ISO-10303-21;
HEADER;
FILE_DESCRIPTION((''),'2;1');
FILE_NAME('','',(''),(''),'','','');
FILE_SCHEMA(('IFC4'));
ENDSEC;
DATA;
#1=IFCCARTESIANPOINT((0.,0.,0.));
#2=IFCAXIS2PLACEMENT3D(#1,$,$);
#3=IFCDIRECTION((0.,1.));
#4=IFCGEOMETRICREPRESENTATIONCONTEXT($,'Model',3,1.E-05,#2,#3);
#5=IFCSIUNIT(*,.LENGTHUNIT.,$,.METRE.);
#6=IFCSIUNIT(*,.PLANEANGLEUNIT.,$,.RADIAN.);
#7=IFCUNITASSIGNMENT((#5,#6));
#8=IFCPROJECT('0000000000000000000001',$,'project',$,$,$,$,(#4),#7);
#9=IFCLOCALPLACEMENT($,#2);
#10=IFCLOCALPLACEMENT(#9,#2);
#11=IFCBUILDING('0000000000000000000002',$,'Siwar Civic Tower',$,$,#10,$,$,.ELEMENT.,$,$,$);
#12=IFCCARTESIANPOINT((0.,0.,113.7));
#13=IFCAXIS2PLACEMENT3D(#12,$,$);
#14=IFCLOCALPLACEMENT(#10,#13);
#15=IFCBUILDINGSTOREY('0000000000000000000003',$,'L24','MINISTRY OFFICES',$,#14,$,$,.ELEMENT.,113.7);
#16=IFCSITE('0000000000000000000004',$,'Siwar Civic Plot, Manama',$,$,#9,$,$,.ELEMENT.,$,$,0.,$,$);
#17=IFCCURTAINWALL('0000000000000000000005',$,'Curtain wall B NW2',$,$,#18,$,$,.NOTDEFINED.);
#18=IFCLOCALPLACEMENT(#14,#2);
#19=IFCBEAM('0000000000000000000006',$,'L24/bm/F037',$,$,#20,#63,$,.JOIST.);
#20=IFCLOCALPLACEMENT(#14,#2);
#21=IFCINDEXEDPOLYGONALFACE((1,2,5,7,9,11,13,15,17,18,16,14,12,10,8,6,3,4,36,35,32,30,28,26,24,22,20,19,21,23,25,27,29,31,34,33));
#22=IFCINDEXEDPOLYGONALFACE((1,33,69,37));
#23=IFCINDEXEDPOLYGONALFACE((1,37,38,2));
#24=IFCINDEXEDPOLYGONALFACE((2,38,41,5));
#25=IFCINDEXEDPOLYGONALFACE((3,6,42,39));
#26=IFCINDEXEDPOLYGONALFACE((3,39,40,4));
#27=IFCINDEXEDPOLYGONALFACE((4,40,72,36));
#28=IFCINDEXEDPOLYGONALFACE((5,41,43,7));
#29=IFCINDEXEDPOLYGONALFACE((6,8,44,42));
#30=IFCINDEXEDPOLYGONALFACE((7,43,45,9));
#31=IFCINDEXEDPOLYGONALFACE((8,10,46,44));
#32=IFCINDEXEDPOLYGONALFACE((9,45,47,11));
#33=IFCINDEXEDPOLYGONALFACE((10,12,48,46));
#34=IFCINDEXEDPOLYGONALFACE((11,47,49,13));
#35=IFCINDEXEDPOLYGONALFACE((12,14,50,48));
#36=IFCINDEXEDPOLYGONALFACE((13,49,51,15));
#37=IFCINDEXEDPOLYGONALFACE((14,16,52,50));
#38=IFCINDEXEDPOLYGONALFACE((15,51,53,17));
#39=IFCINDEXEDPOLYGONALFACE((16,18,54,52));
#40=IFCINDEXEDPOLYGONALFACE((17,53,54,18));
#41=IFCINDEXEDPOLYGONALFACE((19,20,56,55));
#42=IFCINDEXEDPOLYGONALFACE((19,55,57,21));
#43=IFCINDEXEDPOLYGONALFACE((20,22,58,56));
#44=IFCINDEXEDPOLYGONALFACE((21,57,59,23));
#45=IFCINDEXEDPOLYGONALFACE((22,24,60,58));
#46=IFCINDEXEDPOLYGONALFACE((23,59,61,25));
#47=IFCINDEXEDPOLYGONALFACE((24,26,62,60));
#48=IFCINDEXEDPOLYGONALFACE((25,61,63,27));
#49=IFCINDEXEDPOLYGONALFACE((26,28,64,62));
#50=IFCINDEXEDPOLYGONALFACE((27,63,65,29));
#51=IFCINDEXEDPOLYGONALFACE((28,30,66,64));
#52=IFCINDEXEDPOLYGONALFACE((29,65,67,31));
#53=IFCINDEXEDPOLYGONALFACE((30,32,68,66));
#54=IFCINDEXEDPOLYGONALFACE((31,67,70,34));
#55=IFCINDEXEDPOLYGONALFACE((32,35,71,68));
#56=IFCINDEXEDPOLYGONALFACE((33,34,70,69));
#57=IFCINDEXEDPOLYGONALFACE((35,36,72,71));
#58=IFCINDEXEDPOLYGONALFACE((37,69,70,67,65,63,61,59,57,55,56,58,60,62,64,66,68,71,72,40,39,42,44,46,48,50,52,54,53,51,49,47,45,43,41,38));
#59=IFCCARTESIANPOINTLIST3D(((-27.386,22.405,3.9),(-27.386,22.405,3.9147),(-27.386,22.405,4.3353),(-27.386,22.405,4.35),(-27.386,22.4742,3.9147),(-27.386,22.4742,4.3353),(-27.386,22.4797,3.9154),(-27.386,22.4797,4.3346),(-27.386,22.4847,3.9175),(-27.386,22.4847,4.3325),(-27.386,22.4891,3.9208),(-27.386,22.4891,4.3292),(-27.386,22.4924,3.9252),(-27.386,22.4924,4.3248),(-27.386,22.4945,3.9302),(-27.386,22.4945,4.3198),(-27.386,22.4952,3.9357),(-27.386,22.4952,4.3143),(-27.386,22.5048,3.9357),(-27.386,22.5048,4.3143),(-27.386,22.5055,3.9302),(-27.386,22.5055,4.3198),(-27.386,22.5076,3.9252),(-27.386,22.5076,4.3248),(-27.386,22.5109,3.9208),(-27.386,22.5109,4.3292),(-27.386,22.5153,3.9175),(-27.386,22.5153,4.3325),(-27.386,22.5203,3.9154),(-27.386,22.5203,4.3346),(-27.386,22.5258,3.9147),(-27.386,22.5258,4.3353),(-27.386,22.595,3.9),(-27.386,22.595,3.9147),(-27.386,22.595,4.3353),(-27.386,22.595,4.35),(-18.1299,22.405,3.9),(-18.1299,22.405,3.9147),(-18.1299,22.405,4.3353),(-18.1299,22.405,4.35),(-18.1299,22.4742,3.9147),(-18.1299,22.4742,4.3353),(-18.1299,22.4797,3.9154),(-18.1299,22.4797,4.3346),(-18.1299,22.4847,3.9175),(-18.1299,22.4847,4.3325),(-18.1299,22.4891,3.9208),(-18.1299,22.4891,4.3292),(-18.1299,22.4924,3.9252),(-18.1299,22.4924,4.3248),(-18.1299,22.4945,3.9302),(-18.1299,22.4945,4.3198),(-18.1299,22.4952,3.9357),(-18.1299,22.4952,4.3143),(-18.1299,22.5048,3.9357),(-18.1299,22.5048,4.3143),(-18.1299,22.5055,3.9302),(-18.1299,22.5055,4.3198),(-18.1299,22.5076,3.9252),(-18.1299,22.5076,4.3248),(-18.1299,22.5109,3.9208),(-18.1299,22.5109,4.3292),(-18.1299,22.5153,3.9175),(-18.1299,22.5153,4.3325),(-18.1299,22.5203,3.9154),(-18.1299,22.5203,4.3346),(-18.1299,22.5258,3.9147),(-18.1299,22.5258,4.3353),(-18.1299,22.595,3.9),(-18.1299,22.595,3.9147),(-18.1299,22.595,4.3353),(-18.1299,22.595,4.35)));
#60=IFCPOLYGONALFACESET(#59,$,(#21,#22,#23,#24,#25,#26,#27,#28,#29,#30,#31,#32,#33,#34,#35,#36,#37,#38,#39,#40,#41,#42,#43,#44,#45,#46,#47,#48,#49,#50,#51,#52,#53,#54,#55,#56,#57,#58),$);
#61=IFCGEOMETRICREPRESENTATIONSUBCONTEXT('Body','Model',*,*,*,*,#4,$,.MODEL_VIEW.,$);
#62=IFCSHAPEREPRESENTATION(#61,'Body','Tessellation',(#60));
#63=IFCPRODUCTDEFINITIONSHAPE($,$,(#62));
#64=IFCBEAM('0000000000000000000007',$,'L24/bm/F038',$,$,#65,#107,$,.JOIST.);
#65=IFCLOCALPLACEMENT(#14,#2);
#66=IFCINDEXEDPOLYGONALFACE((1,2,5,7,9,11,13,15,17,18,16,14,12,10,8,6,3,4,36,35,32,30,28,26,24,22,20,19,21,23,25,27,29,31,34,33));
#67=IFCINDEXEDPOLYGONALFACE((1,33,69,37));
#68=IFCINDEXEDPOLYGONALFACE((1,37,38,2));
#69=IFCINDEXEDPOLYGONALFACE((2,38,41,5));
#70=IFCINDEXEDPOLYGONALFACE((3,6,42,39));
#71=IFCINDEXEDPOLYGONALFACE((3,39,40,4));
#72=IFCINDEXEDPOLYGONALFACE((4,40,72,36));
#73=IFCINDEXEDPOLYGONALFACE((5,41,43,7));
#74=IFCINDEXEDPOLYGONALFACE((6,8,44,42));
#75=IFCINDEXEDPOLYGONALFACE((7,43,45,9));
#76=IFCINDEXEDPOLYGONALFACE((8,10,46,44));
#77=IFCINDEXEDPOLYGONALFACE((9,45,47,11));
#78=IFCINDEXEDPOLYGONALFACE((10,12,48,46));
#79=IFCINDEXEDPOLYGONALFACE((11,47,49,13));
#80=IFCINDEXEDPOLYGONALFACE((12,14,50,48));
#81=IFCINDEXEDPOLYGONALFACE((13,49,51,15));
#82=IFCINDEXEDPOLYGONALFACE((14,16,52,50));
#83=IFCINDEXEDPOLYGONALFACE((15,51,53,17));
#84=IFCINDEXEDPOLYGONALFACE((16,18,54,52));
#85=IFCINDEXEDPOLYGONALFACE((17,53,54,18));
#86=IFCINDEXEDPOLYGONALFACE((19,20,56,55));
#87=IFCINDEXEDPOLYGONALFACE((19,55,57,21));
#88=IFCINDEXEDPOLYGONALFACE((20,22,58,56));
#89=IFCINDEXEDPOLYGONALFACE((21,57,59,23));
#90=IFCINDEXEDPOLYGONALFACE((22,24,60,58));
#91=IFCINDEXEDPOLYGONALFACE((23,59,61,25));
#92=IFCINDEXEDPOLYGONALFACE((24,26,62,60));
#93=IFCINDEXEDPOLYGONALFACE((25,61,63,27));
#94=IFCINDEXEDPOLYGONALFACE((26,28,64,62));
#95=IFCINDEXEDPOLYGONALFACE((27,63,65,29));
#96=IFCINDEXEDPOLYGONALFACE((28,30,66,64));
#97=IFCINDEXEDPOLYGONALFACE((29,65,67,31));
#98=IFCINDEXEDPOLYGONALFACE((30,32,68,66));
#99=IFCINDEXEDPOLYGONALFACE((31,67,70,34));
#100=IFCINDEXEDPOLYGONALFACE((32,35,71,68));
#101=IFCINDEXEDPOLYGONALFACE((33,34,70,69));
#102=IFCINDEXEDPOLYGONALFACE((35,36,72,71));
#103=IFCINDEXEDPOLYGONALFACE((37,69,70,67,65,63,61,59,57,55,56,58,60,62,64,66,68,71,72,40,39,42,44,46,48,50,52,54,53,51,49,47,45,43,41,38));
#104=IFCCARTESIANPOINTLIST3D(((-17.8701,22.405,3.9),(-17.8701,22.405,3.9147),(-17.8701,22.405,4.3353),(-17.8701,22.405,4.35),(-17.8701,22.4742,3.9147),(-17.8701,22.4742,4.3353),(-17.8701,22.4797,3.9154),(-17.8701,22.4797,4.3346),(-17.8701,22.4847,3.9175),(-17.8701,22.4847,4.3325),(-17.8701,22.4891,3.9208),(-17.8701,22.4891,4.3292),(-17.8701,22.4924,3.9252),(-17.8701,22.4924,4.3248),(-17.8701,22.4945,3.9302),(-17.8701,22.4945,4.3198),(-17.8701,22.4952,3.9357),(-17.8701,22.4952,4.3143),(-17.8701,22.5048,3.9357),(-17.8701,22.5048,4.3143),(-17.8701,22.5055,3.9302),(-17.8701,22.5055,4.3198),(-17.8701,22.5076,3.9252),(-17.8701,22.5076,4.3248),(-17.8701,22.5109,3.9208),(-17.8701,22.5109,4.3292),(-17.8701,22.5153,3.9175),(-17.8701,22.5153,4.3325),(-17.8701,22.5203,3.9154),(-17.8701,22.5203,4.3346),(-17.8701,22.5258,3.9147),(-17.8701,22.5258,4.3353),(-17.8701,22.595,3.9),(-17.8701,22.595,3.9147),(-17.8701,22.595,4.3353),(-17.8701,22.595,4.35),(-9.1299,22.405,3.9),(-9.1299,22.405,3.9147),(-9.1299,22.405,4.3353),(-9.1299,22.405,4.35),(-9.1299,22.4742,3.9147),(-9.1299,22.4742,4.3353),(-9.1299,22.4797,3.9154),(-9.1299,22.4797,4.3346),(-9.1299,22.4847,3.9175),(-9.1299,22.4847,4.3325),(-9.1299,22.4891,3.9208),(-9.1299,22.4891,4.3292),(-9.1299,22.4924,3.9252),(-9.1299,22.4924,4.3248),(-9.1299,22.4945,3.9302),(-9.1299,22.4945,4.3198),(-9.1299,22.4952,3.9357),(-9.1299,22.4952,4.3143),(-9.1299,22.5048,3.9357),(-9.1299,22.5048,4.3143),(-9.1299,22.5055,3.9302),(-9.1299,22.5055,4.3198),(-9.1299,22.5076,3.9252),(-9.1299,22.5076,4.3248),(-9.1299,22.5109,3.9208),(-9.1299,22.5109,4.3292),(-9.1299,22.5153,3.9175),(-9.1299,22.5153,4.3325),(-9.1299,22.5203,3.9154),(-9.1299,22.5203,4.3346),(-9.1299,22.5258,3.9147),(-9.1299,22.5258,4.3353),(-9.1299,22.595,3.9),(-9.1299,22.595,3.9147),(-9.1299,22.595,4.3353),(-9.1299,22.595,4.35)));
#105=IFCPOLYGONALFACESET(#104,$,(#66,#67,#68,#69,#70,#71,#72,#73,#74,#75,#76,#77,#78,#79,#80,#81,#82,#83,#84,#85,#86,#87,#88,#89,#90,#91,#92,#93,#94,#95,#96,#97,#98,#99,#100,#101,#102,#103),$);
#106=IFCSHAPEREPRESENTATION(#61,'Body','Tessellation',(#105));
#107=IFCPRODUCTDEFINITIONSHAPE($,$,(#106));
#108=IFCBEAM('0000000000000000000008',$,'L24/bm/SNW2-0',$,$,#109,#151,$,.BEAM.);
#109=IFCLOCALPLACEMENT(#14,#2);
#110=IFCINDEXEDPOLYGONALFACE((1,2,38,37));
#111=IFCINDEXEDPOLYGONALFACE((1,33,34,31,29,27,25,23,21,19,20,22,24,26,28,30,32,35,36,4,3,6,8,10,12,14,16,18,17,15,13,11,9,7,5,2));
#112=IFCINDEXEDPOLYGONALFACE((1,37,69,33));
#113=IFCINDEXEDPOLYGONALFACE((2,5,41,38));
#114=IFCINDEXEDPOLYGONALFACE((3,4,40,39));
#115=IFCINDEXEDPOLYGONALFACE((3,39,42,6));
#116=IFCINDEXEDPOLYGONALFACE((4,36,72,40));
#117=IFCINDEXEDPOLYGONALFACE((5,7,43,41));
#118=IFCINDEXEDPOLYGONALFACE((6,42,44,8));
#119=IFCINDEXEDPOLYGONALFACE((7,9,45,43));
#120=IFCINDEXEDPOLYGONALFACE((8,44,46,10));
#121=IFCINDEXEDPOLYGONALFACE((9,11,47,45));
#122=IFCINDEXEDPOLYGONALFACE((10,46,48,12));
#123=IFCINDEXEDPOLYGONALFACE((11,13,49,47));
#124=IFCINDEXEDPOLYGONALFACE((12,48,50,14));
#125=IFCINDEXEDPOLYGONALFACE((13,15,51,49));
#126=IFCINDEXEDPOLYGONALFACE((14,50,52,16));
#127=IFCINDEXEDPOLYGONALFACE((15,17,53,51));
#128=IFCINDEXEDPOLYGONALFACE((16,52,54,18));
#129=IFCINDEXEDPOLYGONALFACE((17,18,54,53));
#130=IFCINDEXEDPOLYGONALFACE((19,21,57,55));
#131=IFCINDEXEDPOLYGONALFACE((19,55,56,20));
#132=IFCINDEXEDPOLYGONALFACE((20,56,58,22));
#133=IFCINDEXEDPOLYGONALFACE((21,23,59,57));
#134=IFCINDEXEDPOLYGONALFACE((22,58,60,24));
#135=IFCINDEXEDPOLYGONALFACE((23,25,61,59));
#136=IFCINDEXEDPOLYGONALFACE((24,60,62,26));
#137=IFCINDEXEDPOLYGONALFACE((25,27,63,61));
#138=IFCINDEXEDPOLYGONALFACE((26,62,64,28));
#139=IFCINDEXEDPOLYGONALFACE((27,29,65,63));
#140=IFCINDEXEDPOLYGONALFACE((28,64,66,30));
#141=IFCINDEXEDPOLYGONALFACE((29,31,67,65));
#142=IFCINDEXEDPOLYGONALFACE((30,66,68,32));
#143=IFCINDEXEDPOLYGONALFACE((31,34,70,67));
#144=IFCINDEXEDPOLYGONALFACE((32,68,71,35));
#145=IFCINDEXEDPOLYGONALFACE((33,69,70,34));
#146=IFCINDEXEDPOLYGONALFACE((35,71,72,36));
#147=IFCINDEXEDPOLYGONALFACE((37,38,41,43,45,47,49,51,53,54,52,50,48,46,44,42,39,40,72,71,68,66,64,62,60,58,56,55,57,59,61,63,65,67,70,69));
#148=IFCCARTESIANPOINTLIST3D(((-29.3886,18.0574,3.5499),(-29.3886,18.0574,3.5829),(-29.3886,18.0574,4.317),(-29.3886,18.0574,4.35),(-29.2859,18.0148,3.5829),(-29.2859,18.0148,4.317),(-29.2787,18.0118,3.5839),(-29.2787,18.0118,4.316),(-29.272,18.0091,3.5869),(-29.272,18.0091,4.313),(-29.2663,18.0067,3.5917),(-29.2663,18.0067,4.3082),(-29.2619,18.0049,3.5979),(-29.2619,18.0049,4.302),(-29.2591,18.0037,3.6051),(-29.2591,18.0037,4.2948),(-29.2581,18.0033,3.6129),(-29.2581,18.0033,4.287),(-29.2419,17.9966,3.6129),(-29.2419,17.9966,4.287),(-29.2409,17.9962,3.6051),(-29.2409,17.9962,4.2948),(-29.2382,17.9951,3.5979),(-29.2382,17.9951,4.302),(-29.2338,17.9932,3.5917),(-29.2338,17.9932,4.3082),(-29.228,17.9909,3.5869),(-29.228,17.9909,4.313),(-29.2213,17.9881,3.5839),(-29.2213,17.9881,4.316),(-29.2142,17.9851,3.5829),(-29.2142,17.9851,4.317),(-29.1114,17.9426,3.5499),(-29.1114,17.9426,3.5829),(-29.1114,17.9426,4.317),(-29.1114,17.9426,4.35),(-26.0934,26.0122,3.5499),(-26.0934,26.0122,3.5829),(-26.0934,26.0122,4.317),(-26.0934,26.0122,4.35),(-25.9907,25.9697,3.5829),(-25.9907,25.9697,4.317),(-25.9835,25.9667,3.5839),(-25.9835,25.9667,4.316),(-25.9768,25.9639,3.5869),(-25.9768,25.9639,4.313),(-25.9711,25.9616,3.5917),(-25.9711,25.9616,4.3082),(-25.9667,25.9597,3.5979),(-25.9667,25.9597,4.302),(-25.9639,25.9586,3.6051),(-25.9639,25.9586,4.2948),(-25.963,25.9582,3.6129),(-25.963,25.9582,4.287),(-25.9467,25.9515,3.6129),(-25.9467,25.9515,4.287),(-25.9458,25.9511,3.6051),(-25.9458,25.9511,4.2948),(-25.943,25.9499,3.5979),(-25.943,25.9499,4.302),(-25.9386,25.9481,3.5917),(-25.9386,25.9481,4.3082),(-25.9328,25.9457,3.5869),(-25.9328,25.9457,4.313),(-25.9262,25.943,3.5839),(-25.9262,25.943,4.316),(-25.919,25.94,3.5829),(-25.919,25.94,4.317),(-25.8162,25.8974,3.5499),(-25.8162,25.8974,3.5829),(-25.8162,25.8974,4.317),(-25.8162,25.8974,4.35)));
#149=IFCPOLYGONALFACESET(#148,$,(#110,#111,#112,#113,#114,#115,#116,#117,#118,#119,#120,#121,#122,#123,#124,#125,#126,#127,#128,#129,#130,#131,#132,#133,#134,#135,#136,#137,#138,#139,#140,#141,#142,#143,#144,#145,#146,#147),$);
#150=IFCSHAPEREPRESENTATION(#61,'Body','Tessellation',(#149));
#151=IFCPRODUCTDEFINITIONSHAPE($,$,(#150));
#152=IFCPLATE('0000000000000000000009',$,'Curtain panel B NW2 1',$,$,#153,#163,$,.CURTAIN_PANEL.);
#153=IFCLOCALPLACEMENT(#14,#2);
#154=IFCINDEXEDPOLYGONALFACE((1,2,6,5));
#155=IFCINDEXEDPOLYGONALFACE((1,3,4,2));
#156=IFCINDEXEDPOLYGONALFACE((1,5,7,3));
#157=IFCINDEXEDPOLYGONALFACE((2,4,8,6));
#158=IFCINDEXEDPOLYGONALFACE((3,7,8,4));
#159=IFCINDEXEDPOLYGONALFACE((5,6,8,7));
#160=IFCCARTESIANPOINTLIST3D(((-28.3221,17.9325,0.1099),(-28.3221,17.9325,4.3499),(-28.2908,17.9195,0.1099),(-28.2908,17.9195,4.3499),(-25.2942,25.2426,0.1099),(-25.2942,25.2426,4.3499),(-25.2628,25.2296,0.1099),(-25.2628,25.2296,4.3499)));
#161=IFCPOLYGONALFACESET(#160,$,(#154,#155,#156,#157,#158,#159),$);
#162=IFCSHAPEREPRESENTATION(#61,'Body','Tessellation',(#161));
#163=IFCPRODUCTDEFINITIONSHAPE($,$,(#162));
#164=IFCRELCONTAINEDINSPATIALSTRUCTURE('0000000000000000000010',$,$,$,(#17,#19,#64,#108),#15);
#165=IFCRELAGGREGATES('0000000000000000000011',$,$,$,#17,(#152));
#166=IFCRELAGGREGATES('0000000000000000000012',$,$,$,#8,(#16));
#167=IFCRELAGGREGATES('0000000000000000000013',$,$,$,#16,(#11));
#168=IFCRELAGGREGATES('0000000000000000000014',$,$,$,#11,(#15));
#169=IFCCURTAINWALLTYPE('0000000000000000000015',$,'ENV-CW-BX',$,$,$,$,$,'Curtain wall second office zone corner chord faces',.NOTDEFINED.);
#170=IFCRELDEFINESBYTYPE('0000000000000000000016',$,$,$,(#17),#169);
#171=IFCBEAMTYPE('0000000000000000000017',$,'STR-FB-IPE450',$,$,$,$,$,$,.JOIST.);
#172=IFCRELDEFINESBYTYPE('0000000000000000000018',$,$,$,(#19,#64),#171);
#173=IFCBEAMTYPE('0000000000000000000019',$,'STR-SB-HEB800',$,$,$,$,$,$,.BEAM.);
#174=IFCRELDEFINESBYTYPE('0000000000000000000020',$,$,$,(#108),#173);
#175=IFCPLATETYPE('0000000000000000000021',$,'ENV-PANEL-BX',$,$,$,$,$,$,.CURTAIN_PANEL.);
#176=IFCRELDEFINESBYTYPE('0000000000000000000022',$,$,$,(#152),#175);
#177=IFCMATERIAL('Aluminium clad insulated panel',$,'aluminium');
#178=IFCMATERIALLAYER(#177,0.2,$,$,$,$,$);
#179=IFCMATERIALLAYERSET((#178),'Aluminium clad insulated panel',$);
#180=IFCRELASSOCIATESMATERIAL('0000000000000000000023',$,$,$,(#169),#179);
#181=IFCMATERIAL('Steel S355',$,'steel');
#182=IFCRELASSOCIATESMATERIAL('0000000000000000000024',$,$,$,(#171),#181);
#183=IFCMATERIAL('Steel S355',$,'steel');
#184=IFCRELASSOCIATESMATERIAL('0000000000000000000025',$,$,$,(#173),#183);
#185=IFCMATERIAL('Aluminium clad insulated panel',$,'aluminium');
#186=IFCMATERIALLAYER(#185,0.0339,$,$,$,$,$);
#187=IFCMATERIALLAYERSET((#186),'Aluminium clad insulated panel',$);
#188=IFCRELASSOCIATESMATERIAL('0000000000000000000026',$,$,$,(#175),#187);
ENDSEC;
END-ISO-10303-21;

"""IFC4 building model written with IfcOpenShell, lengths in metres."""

from ifc_helpers import new_model, si_unit, direction, frame, origin, origin_2d, place, context, subcontext, project, spatial, rectangle, i_section, extrude, material, layer, layer_set, material_profile, profile_set, type_object, element, aggregate, save


model = new_model("IFC4")

# Units and contexts
model_context = context("Model", 3, precision=1e-05, world=origin(), true_north=direction((0.0, 1.0)))
body_context = subcontext(model_context, "Body", "Model", "MODEL_VIEW")
ifc_project = project(units=[si_unit("LENGTHUNIT", "METRE"), si_unit("PLANEANGLEUNIT", "RADIAN")], contexts=[model_context])

# Site, building, storey
site_placement = place(None, origin())
site = spatial("IfcSite", under=ifc_project, at=site_placement, Name="Siwar Civic Plot, Manama", CompositionType="ELEMENT", RefElevation=0.0)
building_placement = place(site_placement, origin())
building = spatial("IfcBuilding", under=site, at=building_placement, Name="Siwar Civic Tower", CompositionType="ELEMENT")
storey_placement = place(building_placement, frame((0.0, 0.0, 113.7)))
storey = spatial("IfcBuildingStorey", under=building, at=storey_placement, Name="L24", Description="MINISTRY OFFICES", CompositionType="ELEMENT", Elevation=113.7)

# Curtain wall
ifc_material_1 = material(Name="Aluminium clad insulated panel", Category="aluminium")
ifc_layer_1 = layer(ifc_material_1, 0.2)
ifc_layer_set_1 = layer_set([ifc_layer_1], Name="Aluminium clad insulated panel")
curtain_wall_type = type_object("IfcCurtainWallType", Name="ENV-CW-BX", ElementType="Curtain wall second office zone corner chord faces", PredefinedType="NOTDEFINED", material=ifc_layer_set_1)
curtain_wall_placement = place(storey_placement, origin())
curtain_wall = element("IfcCurtainWall", 1, at=curtain_wall_placement, inside=storey, type_object=curtain_wall_type, Name="Curtain wall B NW2", PredefinedType="NOTDEFINED")

# Beams
ifc_material_2 = material(Name="Steel S355", Category="steel")
ifc_material_profile_1 = material_profile(ifc_material_2, i_section(OverallWidth=0.1899, OverallDepth=0.45, WebThickness=0.0095, FlangeThickness=0.0146, FilletRadius=0.021, at=origin_2d()), Name="IPE450")
ifc_profile_set_1 = profile_set([ifc_material_profile_1], Name="Steel S355")
beam_type_1 = type_object("IfcBeamType", Name="STR-FB-IPE450", PredefinedType="JOIST", material=ifc_profile_set_1)
beam_1_placement = place(storey_placement, frame((-27.386, 22.5, 4.125), z_axis=(1.0, 0.0, 0.0), x_axis=(0.0, 1.0, 0.0)))
element("IfcBeam", 2, at=beam_1_placement, inside=storey, type_object=beam_type_1, Name="L24/bm/F037", PredefinedType="JOIST", context=body_context, shape_type="SweptSolid", body=[
    extrude(i_section(OverallWidth=0.1899, OverallDepth=0.45, WebThickness=0.0095, FlangeThickness=0.0146, FilletRadius=0.021, at=origin_2d()), origin(), (0.0, 0.0, 1.0), 9.2561),
])
beam_2_placement = place(storey_placement, frame((-17.8701, 22.5, 4.125), z_axis=(1.0, 0.0, 0.0), x_axis=(0.0, 1.0, 0.0)))
element("IfcBeam", 3, at=beam_2_placement, inside=storey, type_object=beam_type_1, Name="L24/bm/F038", PredefinedType="JOIST", context=body_context, shape_type="SweptSolid", body=[
    extrude(i_section(OverallWidth=0.1899, OverallDepth=0.45, WebThickness=0.0095, FlangeThickness=0.0146, FilletRadius=0.021, at=origin_2d()), origin(), (0.0, 0.0, 1.0), 8.7402),
])
ifc_material_3 = material(Name="Steel S355", Category="steel")
ifc_material_profile_2 = material_profile(ifc_material_3, i_section(OverallWidth=0.3, OverallDepth=0.8, WebThickness=0.0176, FlangeThickness=0.033, FilletRadius=0.03, at=origin_2d()), Name="HEB800")
ifc_profile_set_2 = profile_set([ifc_material_profile_2], Name="Steel S355")
beam_type_2 = type_object("IfcBeamType", Name="STR-SB-HEB800", PredefinedType="BEAM", material=ifc_profile_set_2)
beam_3_placement = place(storey_placement, frame((-25.9548, 25.9548, 3.95), z_axis=(-0.3827, -0.923873, 0.0), x_axis=(0.923873, -0.3827, 0.0)))
element("IfcBeam", 4, at=beam_3_placement, inside=storey, type_object=beam_type_2, Name="L24/bm/SNW2-0", PredefinedType="BEAM", context=body_context, shape_type="SweptSolid", body=[
    extrude(i_section(OverallWidth=0.3, OverallDepth=0.8, WebThickness=0.0176, FlangeThickness=0.033, FilletRadius=0.03, at=origin_2d()), origin(), (0.0, 0.0, 1.0), 8.6104),
])

# Plate
ifc_material_4 = material(Name="Aluminium clad insulated panel", Category="aluminium")
ifc_layer_2 = layer(ifc_material_4, 0.0339)
ifc_layer_set_2 = layer_set([ifc_layer_2], Name="Aluminium clad insulated panel")
plate_type = type_object("IfcPlateType", Name="ENV-PANEL-BX", PredefinedType="CURTAIN_PANEL", material=ifc_layer_set_2)
plate_placement = place(storey_placement, frame((-26.7925, 21.5811, 0.1099), z_axis=(0.0, 0.0, 1.0), x_axis=(-0.382683, -0.92388, 0.0)))
plate = element("IfcPlate", 5, at=plate_placement, type_object=plate_type, Name="Curtain panel B NW2 1", PredefinedType="CURTAIN_PANEL", context=body_context, shape_type="SweptSolid", body=[
    extrude(rectangle(XDim=7.9124, YDim=0.0339, at=origin_2d()), origin(), (0.0, 0.0, 1.0), 4.24),
])
aggregate(curtain_wall, [plate])

save(model, "model.ifc")
